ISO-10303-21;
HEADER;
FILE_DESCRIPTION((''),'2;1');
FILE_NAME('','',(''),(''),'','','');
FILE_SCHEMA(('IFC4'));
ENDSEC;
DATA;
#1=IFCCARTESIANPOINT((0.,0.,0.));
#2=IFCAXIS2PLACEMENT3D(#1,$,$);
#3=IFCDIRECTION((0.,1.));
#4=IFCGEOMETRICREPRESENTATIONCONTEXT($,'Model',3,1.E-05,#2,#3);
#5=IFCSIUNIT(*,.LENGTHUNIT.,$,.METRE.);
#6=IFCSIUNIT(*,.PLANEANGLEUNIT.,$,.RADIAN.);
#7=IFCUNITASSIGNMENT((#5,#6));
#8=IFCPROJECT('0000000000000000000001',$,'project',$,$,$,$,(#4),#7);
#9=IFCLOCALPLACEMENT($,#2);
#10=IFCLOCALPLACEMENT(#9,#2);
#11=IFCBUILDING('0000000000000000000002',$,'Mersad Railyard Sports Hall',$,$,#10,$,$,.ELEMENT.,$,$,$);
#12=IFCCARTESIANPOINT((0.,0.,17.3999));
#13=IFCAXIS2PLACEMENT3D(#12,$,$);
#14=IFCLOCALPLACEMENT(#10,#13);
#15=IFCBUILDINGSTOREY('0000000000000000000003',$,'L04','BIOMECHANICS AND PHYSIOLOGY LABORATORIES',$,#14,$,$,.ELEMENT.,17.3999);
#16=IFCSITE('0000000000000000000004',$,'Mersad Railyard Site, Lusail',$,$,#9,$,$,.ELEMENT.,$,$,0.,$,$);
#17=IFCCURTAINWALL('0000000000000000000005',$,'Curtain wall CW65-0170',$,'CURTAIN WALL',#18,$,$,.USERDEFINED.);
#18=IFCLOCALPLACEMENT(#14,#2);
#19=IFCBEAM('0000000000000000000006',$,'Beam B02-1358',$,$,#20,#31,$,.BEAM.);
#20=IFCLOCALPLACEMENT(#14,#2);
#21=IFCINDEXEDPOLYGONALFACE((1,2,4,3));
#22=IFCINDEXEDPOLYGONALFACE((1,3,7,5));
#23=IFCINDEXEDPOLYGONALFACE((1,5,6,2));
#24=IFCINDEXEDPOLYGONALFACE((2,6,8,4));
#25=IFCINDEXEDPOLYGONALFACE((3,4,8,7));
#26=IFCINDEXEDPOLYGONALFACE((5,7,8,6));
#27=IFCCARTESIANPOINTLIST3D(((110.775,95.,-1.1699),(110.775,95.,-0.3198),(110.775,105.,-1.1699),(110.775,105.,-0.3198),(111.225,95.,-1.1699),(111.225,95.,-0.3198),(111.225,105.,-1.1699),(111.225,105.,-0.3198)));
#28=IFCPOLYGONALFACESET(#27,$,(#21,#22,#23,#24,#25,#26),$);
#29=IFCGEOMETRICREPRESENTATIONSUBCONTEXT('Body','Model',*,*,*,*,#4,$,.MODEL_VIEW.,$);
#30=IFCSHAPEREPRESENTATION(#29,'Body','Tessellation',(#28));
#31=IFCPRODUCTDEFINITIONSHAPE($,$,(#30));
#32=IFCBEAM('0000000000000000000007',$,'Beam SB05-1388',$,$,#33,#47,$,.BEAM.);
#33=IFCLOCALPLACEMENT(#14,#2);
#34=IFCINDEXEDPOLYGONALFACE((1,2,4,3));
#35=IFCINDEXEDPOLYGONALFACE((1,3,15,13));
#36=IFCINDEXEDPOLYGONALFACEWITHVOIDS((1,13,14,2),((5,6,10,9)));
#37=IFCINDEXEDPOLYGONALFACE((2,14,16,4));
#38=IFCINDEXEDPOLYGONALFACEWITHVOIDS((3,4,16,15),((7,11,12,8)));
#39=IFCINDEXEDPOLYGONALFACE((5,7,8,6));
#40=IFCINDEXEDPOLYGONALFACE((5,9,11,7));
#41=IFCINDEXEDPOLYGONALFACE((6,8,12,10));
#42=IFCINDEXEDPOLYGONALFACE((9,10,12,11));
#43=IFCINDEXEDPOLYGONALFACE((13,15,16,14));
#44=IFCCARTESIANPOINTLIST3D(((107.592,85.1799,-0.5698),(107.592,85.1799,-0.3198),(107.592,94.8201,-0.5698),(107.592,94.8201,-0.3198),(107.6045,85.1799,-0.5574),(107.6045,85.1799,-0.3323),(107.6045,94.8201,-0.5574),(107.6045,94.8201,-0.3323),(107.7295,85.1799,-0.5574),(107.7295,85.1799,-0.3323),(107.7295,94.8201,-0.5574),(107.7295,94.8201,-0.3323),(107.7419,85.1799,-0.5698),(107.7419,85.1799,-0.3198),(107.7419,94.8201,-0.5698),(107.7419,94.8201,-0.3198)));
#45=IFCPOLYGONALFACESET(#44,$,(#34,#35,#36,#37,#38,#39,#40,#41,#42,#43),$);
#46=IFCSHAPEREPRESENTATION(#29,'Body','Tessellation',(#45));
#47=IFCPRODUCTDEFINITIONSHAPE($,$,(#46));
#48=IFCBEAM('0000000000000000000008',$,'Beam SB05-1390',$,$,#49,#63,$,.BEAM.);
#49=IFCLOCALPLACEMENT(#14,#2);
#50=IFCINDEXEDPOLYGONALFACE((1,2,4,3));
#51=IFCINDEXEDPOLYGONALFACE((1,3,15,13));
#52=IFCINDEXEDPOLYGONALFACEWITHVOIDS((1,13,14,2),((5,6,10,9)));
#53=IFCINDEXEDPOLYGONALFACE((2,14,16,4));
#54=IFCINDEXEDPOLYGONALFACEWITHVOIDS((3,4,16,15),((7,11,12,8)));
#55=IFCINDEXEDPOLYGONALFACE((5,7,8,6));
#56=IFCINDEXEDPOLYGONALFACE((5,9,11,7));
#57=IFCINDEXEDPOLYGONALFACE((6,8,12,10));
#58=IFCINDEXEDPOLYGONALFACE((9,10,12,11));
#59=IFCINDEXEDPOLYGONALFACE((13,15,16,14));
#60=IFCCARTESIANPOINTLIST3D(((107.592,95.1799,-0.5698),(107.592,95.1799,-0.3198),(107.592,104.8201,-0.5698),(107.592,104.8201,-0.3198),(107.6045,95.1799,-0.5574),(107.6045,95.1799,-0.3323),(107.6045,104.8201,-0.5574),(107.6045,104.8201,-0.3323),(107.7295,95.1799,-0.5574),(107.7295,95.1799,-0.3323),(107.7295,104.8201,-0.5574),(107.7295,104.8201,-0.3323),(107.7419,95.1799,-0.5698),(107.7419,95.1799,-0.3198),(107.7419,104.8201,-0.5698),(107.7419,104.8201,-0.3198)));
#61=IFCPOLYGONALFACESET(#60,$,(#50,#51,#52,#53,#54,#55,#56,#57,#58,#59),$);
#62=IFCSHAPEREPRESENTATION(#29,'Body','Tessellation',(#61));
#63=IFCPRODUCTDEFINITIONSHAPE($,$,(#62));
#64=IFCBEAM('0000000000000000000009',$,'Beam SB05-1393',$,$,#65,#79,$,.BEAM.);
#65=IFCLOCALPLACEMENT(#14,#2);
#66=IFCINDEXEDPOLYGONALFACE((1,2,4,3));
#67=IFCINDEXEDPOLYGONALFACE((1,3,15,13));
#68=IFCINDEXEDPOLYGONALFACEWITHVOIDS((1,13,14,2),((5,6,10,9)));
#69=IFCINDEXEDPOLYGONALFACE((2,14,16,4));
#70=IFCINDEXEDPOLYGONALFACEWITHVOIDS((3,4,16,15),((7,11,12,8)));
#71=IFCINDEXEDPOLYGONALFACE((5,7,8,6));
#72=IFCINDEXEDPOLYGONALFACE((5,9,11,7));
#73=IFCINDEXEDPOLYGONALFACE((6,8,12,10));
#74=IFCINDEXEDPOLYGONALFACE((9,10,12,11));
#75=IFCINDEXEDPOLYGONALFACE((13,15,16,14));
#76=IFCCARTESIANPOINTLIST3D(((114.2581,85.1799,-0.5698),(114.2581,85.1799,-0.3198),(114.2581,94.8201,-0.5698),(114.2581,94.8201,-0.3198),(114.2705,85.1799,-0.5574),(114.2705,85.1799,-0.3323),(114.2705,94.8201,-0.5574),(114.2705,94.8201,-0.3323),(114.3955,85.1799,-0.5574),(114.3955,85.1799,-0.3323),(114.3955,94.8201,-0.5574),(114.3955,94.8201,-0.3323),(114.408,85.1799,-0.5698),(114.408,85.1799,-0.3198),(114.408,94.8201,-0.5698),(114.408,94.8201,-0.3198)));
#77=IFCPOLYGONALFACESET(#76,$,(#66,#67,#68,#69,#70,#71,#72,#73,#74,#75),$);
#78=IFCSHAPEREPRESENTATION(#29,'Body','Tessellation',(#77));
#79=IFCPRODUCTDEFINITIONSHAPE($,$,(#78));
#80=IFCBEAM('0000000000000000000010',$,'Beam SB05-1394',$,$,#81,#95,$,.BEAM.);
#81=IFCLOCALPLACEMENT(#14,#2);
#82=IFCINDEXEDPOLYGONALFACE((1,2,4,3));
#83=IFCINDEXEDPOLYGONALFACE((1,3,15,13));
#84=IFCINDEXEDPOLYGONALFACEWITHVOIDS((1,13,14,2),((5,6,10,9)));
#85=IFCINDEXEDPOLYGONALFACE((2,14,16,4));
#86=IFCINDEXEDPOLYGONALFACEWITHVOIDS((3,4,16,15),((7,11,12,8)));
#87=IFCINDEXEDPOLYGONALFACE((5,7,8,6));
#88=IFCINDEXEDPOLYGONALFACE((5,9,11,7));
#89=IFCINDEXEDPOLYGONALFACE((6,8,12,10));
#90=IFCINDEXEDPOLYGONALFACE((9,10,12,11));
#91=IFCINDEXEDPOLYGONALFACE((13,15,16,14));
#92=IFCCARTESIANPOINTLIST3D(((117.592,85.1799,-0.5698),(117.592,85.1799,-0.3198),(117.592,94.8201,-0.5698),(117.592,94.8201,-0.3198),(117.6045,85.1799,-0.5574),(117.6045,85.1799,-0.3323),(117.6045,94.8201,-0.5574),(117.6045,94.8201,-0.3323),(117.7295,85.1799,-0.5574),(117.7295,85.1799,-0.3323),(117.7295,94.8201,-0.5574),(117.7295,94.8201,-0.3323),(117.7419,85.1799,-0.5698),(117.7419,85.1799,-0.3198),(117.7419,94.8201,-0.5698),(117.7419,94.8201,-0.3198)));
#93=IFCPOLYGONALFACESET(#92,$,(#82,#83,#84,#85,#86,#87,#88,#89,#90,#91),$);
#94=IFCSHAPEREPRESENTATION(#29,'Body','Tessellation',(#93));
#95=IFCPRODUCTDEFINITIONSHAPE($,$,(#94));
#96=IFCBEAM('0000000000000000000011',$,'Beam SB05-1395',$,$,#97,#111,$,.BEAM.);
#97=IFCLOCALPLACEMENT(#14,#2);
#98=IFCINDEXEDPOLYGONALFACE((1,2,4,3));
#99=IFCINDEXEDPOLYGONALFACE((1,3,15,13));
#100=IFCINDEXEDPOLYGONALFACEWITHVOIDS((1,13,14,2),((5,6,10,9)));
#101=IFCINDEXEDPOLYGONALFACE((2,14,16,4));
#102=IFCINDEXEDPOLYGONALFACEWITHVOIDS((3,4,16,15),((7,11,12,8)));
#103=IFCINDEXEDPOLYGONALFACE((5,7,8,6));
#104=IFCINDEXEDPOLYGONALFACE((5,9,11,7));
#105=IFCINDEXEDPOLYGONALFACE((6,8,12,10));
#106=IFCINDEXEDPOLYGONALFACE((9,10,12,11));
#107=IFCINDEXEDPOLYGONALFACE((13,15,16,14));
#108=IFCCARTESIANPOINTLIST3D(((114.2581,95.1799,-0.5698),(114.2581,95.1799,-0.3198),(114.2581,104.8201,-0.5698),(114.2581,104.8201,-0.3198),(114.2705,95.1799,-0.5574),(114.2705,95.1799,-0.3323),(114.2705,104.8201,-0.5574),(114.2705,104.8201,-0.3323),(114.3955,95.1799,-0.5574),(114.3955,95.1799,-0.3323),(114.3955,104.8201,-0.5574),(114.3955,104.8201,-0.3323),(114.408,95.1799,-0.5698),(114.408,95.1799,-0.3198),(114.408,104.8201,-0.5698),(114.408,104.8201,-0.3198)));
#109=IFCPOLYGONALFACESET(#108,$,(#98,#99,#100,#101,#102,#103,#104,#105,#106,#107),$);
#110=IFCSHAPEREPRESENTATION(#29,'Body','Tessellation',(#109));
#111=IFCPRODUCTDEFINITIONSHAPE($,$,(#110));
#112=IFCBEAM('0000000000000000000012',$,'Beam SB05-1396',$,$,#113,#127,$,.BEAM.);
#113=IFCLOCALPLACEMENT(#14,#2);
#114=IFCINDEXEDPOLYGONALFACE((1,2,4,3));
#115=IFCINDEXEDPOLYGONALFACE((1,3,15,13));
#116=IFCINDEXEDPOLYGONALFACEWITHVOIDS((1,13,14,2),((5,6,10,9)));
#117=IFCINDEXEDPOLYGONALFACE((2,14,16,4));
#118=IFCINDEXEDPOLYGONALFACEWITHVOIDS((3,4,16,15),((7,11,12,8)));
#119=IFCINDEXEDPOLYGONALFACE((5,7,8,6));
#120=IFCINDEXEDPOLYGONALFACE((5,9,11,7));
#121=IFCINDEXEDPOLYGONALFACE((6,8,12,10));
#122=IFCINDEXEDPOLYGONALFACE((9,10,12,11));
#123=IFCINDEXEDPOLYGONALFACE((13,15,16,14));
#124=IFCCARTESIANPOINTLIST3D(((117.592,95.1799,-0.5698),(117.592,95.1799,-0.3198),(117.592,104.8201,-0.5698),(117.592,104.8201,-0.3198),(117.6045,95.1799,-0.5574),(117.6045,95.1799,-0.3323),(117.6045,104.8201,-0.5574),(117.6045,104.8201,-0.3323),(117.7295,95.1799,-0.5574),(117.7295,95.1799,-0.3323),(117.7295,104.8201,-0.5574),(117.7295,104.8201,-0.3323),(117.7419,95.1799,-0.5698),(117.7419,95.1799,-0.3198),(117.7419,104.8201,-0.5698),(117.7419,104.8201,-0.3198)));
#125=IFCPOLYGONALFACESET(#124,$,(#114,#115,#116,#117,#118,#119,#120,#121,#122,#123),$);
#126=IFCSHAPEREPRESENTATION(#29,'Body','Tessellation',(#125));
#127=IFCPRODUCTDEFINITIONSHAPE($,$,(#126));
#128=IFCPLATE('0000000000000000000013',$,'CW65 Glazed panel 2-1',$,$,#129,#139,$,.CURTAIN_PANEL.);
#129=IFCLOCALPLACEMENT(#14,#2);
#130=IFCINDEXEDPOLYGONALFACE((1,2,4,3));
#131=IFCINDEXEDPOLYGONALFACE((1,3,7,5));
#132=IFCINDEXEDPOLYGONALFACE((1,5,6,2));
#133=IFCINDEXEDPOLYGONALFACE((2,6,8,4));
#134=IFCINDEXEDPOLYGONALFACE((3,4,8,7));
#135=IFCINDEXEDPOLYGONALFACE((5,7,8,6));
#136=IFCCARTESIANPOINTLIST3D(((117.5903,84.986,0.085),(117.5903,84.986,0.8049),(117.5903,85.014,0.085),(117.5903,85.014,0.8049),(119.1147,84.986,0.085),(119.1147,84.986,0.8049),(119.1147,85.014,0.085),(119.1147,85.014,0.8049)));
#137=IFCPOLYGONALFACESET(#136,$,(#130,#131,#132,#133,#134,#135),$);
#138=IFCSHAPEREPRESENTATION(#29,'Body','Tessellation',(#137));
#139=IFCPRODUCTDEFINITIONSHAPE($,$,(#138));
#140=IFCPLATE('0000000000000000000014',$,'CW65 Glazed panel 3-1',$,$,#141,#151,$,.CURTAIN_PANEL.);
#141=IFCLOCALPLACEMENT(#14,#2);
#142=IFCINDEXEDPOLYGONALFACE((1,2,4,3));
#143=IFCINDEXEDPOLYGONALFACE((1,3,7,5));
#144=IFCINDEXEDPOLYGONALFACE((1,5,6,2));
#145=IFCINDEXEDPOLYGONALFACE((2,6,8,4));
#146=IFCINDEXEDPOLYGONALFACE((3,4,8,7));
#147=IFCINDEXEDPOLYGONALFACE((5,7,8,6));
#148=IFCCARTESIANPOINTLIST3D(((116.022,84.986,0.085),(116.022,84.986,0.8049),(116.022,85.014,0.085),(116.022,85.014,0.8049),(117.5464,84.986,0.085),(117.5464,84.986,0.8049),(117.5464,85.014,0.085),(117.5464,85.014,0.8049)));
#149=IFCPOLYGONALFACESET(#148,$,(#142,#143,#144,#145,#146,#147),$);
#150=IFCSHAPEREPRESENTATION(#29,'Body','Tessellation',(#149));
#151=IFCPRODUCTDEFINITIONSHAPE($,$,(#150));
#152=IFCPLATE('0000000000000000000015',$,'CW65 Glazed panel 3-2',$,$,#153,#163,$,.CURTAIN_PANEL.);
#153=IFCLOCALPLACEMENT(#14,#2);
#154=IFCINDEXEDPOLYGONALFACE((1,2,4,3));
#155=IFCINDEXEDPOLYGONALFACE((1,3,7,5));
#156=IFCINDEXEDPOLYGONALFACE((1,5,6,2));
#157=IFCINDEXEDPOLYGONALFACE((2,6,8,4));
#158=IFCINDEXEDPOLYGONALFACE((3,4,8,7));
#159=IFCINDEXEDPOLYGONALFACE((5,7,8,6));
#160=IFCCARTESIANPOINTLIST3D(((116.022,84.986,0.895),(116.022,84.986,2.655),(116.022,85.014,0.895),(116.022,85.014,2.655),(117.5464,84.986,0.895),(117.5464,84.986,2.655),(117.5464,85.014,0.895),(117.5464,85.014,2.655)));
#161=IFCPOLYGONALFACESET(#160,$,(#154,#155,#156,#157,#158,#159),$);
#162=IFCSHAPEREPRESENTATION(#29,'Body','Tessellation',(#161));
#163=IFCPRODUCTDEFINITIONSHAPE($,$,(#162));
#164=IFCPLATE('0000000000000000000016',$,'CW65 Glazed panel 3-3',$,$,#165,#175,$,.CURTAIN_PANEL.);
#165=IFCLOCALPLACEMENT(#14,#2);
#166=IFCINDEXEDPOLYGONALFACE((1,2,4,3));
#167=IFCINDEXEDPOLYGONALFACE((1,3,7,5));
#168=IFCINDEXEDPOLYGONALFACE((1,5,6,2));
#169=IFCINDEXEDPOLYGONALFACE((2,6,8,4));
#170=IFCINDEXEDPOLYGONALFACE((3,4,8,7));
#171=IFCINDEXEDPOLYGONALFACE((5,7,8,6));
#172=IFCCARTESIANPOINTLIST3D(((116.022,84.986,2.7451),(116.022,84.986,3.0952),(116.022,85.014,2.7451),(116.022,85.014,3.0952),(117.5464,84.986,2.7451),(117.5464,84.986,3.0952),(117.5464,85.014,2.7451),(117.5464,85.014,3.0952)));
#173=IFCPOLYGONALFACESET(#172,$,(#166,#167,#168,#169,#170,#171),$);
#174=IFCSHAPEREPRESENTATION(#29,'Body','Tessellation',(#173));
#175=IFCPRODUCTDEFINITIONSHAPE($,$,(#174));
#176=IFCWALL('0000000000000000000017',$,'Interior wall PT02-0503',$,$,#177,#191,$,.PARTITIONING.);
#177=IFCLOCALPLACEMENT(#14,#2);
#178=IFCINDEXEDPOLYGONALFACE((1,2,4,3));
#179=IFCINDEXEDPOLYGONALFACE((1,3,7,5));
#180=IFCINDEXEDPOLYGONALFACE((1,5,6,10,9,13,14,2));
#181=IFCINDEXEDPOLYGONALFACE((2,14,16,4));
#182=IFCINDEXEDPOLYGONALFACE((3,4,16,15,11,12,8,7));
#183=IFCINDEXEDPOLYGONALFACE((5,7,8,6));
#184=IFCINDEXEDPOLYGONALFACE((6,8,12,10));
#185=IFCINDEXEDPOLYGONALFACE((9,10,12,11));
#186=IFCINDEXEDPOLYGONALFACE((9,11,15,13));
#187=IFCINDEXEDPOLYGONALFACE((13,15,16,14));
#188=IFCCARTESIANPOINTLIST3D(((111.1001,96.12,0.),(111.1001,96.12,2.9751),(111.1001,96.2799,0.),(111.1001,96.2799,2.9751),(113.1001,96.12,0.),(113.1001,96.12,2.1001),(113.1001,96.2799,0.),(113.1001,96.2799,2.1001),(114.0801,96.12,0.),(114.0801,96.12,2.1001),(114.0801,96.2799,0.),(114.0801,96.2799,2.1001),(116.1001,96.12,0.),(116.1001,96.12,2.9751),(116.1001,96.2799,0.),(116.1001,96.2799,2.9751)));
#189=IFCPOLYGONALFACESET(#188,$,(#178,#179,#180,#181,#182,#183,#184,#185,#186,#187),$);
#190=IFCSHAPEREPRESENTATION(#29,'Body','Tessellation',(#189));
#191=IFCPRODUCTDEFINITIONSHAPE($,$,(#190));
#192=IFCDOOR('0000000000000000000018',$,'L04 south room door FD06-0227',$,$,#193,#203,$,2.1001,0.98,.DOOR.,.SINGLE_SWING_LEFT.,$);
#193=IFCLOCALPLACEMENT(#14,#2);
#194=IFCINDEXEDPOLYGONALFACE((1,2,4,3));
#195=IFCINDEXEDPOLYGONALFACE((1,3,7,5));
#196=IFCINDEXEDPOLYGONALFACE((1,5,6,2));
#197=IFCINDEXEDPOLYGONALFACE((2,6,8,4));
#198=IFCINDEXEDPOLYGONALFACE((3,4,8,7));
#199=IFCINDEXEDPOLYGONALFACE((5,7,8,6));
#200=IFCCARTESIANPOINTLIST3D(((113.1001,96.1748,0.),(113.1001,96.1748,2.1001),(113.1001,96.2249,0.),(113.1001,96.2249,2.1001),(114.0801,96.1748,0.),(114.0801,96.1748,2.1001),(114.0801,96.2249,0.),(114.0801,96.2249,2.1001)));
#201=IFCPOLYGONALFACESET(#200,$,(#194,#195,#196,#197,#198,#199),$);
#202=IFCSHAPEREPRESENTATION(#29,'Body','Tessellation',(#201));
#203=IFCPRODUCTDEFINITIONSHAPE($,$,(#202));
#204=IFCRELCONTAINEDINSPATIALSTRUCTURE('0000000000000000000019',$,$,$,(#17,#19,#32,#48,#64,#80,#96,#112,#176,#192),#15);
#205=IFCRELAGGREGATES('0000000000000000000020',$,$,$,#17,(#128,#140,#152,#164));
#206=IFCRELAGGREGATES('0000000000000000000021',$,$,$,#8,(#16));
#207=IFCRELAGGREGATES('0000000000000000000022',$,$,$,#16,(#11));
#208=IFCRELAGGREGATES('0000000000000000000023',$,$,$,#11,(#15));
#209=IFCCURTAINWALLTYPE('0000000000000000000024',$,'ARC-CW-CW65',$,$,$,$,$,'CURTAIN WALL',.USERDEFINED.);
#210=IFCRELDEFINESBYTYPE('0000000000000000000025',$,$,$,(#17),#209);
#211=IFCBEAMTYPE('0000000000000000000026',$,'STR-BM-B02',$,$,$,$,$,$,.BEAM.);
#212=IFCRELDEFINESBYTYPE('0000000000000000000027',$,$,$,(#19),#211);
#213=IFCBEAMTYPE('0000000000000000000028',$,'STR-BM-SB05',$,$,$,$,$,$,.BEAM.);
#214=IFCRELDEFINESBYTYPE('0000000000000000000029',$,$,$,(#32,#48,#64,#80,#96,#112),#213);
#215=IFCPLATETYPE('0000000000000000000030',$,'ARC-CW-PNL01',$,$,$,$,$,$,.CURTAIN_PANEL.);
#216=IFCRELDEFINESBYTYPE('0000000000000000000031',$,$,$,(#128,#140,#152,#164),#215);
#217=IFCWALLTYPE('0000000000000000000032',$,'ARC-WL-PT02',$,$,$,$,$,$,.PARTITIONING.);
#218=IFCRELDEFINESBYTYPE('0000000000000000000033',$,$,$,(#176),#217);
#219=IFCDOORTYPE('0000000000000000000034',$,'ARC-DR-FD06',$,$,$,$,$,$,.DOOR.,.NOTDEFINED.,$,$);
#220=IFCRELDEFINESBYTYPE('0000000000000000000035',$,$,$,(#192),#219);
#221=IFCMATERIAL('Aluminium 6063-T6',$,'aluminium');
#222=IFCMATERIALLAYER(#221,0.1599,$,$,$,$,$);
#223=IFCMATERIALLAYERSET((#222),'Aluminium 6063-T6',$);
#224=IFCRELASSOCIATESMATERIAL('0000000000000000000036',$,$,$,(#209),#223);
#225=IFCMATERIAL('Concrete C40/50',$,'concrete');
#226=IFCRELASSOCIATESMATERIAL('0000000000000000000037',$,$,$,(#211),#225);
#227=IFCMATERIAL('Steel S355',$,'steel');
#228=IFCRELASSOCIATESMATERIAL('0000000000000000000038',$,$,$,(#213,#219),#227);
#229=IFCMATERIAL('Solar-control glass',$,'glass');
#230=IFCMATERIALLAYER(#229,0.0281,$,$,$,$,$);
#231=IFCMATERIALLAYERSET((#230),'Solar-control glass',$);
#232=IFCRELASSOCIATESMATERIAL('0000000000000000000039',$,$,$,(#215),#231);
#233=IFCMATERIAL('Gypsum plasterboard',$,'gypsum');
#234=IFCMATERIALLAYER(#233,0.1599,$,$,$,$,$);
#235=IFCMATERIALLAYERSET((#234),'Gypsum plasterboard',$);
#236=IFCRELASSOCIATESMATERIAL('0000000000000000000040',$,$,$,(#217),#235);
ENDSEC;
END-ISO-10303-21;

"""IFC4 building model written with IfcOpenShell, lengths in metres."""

from ifc_helpers import new_model, si_unit, direction, frame, frame_2d, origin, origin_2d, place, context, subcontext, project, spatial, rectangle, hollow_rectangle, extrude, material, layer, layer_set, material_profile, profile_set, type_object, element, fill, aggregate, save


model = new_model("IFC4")

# Units and contexts
model_context = context("Model", 3, precision=1e-05, world=origin(), true_north=direction((0.0, 1.0)))
body_context = subcontext(model_context, "Body", "Model", "MODEL_VIEW")
ifc_project = project(units=[si_unit("LENGTHUNIT", "METRE"), si_unit("PLANEANGLEUNIT", "RADIAN")], contexts=[model_context])

# Site, building, storey
site_placement = place(None, origin())
site = spatial("IfcSite", under=ifc_project, at=site_placement, Name="Mersad Railyard Site, Lusail", CompositionType="ELEMENT", RefElevation=0.0)
building_placement = place(site_placement, origin())
building = spatial("IfcBuilding", under=site, at=building_placement, Name="Mersad Railyard Sports Hall", CompositionType="ELEMENT")
storey_placement = place(building_placement, frame((0.0, 0.0, 17.3999)))
storey = spatial("IfcBuildingStorey", under=building, at=storey_placement, Name="L04", Description="BIOMECHANICS AND PHYSIOLOGY LABORATORIES", CompositionType="ELEMENT", Elevation=17.3999)

# Shared definitions
ifc_material_1 = material(Name="Concrete C40/50", Category="concrete")

# Curtain wall
ifc_material_2 = material(Name="Aluminium 6063-T6", Category="aluminium")
ifc_layer_1 = layer(ifc_material_2, 0.1599)
ifc_layer_set_1 = layer_set([ifc_layer_1], Name="Aluminium 6063-T6")
curtain_wall_type = type_object("IfcCurtainWallType", Name="ARC-CW-CW65", ElementType="CURTAIN WALL", PredefinedType="USERDEFINED", material=ifc_layer_set_1)
curtain_wall_placement = place(storey_placement, origin())
curtain_wall = element("IfcCurtainWall", 1, at=curtain_wall_placement, inside=storey, type_object=curtain_wall_type, Name="Curtain wall CW65-0170", ObjectType="CURTAIN WALL", PredefinedType="USERDEFINED")

# Beams
ifc_material_profile_1 = material_profile(ifc_material_1, rectangle(XDim=0.45, YDim=0.8501, at=origin_2d()), Name="RC 450x850")
ifc_profile_set_1 = profile_set([ifc_material_profile_1], Name="Concrete C40/50")
beam_type_1 = type_object("IfcBeamType", Name="STR-BM-B02", PredefinedType="BEAM", material=ifc_profile_set_1)
for number, where, z_axis, x_axis, name in (
    (2, (111.0, 95.0, -0.7449), (0.0, 1.0, 0.0), (-1.0, 0.0, 0.0), "Beam B02-1358"),
):
    element("IfcBeam", number, at=place(storey_placement, frame(where, z_axis=z_axis, x_axis=x_axis)), inside=storey, type_object=beam_type_1, Name=name, PredefinedType="BEAM", context=body_context, shape_type="SweptSolid", body=[
        extrude(rectangle(XDim=0.45, YDim=0.8501, at=origin_2d()), origin(), (0.0, 0.0, 1.0), 10.0),
    ])
ifc_material_3 = material(Name="Steel S355", Category="steel")
ifc_material_profile_2 = material_profile(ifc_material_3, hollow_rectangle(XDim=0.1499, YDim=0.25, WallThickness=0.0125, at=origin_2d()), Name="RHS 250x150x12.5")
ifc_profile_set_2 = profile_set([ifc_material_profile_2], Name="Steel S355")
beam_type_2 = type_object("IfcBeamType", Name="STR-BM-SB05", PredefinedType="BEAM", material=ifc_profile_set_2)
for number, where, z_axis, x_axis, name in (
    (3, (107.667, 85.1799, -0.4448), (0.0, 1.0, 0.0), (-1.0, 0.0, 0.0), "Beam SB05-1388"),
    (4, (107.667, 95.1799, -0.4448), (0.0, 1.0, 0.0), (-1.0, 0.0, 0.0), "Beam SB05-1390"),
    (5, (114.333, 85.1799, -0.4448), (0.0, 1.0, 0.0), (-1.0, 0.0, 0.0), "Beam SB05-1393"),
    (6, (117.667, 85.1799, -0.4448), (0.0, 1.0, 0.0), (-1.0, 0.0, 0.0), "Beam SB05-1394"),
    (7, (114.333, 95.1799, -0.4448), (0.0, 1.0, 0.0), (-1.0, 0.0, 0.0), "Beam SB05-1395"),
    (8, (117.667, 95.1799, -0.4448), (0.0, 1.0, 0.0), (-1.0, 0.0, 0.0), "Beam SB05-1396"),
):
    element("IfcBeam", number, at=place(storey_placement, frame(where, z_axis=z_axis, x_axis=x_axis)), inside=storey, type_object=beam_type_2, Name=name, PredefinedType="BEAM", context=body_context, shape_type="SweptSolid", body=[
        extrude(hollow_rectangle(XDim=0.1499, YDim=0.25, WallThickness=0.0125, at=origin_2d()), origin(), (0.0, 0.0, 1.0), 9.6401),
    ])

# Plates
ifc_material_4 = material(Name="Solar-control glass", Category="glass")
ifc_layer_2 = layer(ifc_material_4, 0.0281)
ifc_layer_set_2 = layer_set([ifc_layer_2], Name="Solar-control glass")
plate_type = type_object("IfcPlateType", Name="ARC-CW-PNL01", PredefinedType="CURTAIN_PANEL", material=ifc_layer_set_2)
plate_1_placement = place(storey_placement, frame((118.3525, 85.0, 0.085), z_axis=(0.0, 0.0, 1.0), x_axis=(-1.0, 0.0, 0.0)))
plate_1 = element("IfcPlate", 9, at=plate_1_placement, type_object=plate_type, Name="CW65 Glazed panel 2-1", PredefinedType="CURTAIN_PANEL", context=body_context, shape_type="SweptSolid", body=[
    extrude(rectangle(XDim=1.5244, YDim=0.0281, at=origin_2d()), origin(), (0.0, 0.0, 1.0), 0.72),
])
plate_2_placement = place(storey_placement, frame((116.7842, 85.0, 0.085), z_axis=(0.0, 0.0, 1.0), x_axis=(-1.0, 0.0, 0.0)))
plate_2 = element("IfcPlate", 10, at=plate_2_placement, type_object=plate_type, Name="CW65 Glazed panel 3-1", PredefinedType="CURTAIN_PANEL", context=body_context, shape_type="SweptSolid", body=[
    extrude(rectangle(XDim=1.5244, YDim=0.0281, at=origin_2d()), origin(), (0.0, 0.0, 1.0), 0.72),
])
plate_3_placement = place(storey_placement, frame((116.7842, 85.0, 0.895), z_axis=(0.0, 0.0, 1.0), x_axis=(-1.0, 0.0, 0.0)))
plate_3 = element("IfcPlate", 11, at=plate_3_placement, type_object=plate_type, Name="CW65 Glazed panel 3-2", PredefinedType="CURTAIN_PANEL", context=body_context, shape_type="SweptSolid", body=[
    extrude(rectangle(XDim=1.5244, YDim=0.0281, at=origin_2d()), origin(), (0.0, 0.0, 1.0), 1.76),
])
plate_4_placement = place(storey_placement, frame((116.7842, 85.0, 2.7451), z_axis=(0.0, 0.0, 1.0), x_axis=(-1.0, 0.0, 0.0)))
plate_4 = element("IfcPlate", 12, at=plate_4_placement, type_object=plate_type, Name="CW65 Glazed panel 3-3", PredefinedType="CURTAIN_PANEL", context=body_context, shape_type="SweptSolid", body=[
    extrude(rectangle(XDim=1.5244, YDim=0.0281, at=origin_2d()), origin(), (0.0, 0.0, 1.0), 0.3501),
])
aggregate(curtain_wall, [plate_1, plate_2, plate_3, plate_4])

# Wall, opening, door
ifc_material_5 = material(Name="Gypsum plasterboard", Category="gypsum")
ifc_layer_3 = layer(ifc_material_5, 0.1599)
ifc_layer_set_3 = layer_set([ifc_layer_3], Name="Gypsum plasterboard")
wall_type_1 = type_object("IfcWallType", Name="ARC-WL-PT02", PredefinedType="PARTITIONING", material=ifc_layer_set_3)
wall_1_placement = place(storey_placement, frame((111.1001, 96.2, 0.0), z_axis=(0.0, 0.0, 1.0), x_axis=(1.0, 0.0, 0.0)))
wall_1 = element("IfcWall", 13, at=wall_1_placement, inside=storey, type_object=wall_type_1, Name="Interior wall PT02-0503", PredefinedType="PARTITIONING", context=body_context, shape_type="SweptSolid", body=[
    extrude(rectangle(XDim=5.0, YDim=0.1599, at=frame_2d((2.5, 0.0))), origin(), (0.0, 0.0, 1.0), 2.9751),
])
opening_1_placement = place(wall_1_placement, frame((2.0, 0.0, 0.0)))
opening_1 = element("IfcOpeningElement", 14, at=opening_1_placement, cuts=wall_1, PredefinedType="OPENING", context=body_context, shape_type="SweptSolid", body=[
    extrude(rectangle(XDim=0.98, YDim=2.1001, at=frame_2d((0.49, 1.05))), frame((0.0, 0.0898, 0.0), z_axis=(0.0, -1.0, 0.0), x_axis=(1.0, 0.0, 0.0)), (0.0, 0.0, 1.0), 0.1799),
])
door_type = type_object("IfcDoorType", Name="ARC-DR-FD06", OperationType="NOTDEFINED", PredefinedType="DOOR", material=ifc_material_3)
door_1_placement = place(opening_1_placement, origin())
door_1 = element("IfcDoor", 15, at=door_1_placement, inside=storey, type_object=door_type, Name="L04 south room door FD06-0227", OperationType="SINGLE_SWING_LEFT", OverallHeight=2.1001, OverallWidth=0.98, PredefinedType="DOOR", context=body_context, shape_type="SweptSolid", body=[
    extrude(rectangle(XDim=0.98, YDim=2.1001, at=frame_2d((0.49, 1.05))), frame((0.0, 0.0249, 0.0), z_axis=(0.0, -1.0, 0.0), x_axis=(1.0, 0.0, 0.0)), (0.0, 0.0, 1.0), 0.05),
])
fill(opening_1, door_1)

save(model, "model.ifc")
